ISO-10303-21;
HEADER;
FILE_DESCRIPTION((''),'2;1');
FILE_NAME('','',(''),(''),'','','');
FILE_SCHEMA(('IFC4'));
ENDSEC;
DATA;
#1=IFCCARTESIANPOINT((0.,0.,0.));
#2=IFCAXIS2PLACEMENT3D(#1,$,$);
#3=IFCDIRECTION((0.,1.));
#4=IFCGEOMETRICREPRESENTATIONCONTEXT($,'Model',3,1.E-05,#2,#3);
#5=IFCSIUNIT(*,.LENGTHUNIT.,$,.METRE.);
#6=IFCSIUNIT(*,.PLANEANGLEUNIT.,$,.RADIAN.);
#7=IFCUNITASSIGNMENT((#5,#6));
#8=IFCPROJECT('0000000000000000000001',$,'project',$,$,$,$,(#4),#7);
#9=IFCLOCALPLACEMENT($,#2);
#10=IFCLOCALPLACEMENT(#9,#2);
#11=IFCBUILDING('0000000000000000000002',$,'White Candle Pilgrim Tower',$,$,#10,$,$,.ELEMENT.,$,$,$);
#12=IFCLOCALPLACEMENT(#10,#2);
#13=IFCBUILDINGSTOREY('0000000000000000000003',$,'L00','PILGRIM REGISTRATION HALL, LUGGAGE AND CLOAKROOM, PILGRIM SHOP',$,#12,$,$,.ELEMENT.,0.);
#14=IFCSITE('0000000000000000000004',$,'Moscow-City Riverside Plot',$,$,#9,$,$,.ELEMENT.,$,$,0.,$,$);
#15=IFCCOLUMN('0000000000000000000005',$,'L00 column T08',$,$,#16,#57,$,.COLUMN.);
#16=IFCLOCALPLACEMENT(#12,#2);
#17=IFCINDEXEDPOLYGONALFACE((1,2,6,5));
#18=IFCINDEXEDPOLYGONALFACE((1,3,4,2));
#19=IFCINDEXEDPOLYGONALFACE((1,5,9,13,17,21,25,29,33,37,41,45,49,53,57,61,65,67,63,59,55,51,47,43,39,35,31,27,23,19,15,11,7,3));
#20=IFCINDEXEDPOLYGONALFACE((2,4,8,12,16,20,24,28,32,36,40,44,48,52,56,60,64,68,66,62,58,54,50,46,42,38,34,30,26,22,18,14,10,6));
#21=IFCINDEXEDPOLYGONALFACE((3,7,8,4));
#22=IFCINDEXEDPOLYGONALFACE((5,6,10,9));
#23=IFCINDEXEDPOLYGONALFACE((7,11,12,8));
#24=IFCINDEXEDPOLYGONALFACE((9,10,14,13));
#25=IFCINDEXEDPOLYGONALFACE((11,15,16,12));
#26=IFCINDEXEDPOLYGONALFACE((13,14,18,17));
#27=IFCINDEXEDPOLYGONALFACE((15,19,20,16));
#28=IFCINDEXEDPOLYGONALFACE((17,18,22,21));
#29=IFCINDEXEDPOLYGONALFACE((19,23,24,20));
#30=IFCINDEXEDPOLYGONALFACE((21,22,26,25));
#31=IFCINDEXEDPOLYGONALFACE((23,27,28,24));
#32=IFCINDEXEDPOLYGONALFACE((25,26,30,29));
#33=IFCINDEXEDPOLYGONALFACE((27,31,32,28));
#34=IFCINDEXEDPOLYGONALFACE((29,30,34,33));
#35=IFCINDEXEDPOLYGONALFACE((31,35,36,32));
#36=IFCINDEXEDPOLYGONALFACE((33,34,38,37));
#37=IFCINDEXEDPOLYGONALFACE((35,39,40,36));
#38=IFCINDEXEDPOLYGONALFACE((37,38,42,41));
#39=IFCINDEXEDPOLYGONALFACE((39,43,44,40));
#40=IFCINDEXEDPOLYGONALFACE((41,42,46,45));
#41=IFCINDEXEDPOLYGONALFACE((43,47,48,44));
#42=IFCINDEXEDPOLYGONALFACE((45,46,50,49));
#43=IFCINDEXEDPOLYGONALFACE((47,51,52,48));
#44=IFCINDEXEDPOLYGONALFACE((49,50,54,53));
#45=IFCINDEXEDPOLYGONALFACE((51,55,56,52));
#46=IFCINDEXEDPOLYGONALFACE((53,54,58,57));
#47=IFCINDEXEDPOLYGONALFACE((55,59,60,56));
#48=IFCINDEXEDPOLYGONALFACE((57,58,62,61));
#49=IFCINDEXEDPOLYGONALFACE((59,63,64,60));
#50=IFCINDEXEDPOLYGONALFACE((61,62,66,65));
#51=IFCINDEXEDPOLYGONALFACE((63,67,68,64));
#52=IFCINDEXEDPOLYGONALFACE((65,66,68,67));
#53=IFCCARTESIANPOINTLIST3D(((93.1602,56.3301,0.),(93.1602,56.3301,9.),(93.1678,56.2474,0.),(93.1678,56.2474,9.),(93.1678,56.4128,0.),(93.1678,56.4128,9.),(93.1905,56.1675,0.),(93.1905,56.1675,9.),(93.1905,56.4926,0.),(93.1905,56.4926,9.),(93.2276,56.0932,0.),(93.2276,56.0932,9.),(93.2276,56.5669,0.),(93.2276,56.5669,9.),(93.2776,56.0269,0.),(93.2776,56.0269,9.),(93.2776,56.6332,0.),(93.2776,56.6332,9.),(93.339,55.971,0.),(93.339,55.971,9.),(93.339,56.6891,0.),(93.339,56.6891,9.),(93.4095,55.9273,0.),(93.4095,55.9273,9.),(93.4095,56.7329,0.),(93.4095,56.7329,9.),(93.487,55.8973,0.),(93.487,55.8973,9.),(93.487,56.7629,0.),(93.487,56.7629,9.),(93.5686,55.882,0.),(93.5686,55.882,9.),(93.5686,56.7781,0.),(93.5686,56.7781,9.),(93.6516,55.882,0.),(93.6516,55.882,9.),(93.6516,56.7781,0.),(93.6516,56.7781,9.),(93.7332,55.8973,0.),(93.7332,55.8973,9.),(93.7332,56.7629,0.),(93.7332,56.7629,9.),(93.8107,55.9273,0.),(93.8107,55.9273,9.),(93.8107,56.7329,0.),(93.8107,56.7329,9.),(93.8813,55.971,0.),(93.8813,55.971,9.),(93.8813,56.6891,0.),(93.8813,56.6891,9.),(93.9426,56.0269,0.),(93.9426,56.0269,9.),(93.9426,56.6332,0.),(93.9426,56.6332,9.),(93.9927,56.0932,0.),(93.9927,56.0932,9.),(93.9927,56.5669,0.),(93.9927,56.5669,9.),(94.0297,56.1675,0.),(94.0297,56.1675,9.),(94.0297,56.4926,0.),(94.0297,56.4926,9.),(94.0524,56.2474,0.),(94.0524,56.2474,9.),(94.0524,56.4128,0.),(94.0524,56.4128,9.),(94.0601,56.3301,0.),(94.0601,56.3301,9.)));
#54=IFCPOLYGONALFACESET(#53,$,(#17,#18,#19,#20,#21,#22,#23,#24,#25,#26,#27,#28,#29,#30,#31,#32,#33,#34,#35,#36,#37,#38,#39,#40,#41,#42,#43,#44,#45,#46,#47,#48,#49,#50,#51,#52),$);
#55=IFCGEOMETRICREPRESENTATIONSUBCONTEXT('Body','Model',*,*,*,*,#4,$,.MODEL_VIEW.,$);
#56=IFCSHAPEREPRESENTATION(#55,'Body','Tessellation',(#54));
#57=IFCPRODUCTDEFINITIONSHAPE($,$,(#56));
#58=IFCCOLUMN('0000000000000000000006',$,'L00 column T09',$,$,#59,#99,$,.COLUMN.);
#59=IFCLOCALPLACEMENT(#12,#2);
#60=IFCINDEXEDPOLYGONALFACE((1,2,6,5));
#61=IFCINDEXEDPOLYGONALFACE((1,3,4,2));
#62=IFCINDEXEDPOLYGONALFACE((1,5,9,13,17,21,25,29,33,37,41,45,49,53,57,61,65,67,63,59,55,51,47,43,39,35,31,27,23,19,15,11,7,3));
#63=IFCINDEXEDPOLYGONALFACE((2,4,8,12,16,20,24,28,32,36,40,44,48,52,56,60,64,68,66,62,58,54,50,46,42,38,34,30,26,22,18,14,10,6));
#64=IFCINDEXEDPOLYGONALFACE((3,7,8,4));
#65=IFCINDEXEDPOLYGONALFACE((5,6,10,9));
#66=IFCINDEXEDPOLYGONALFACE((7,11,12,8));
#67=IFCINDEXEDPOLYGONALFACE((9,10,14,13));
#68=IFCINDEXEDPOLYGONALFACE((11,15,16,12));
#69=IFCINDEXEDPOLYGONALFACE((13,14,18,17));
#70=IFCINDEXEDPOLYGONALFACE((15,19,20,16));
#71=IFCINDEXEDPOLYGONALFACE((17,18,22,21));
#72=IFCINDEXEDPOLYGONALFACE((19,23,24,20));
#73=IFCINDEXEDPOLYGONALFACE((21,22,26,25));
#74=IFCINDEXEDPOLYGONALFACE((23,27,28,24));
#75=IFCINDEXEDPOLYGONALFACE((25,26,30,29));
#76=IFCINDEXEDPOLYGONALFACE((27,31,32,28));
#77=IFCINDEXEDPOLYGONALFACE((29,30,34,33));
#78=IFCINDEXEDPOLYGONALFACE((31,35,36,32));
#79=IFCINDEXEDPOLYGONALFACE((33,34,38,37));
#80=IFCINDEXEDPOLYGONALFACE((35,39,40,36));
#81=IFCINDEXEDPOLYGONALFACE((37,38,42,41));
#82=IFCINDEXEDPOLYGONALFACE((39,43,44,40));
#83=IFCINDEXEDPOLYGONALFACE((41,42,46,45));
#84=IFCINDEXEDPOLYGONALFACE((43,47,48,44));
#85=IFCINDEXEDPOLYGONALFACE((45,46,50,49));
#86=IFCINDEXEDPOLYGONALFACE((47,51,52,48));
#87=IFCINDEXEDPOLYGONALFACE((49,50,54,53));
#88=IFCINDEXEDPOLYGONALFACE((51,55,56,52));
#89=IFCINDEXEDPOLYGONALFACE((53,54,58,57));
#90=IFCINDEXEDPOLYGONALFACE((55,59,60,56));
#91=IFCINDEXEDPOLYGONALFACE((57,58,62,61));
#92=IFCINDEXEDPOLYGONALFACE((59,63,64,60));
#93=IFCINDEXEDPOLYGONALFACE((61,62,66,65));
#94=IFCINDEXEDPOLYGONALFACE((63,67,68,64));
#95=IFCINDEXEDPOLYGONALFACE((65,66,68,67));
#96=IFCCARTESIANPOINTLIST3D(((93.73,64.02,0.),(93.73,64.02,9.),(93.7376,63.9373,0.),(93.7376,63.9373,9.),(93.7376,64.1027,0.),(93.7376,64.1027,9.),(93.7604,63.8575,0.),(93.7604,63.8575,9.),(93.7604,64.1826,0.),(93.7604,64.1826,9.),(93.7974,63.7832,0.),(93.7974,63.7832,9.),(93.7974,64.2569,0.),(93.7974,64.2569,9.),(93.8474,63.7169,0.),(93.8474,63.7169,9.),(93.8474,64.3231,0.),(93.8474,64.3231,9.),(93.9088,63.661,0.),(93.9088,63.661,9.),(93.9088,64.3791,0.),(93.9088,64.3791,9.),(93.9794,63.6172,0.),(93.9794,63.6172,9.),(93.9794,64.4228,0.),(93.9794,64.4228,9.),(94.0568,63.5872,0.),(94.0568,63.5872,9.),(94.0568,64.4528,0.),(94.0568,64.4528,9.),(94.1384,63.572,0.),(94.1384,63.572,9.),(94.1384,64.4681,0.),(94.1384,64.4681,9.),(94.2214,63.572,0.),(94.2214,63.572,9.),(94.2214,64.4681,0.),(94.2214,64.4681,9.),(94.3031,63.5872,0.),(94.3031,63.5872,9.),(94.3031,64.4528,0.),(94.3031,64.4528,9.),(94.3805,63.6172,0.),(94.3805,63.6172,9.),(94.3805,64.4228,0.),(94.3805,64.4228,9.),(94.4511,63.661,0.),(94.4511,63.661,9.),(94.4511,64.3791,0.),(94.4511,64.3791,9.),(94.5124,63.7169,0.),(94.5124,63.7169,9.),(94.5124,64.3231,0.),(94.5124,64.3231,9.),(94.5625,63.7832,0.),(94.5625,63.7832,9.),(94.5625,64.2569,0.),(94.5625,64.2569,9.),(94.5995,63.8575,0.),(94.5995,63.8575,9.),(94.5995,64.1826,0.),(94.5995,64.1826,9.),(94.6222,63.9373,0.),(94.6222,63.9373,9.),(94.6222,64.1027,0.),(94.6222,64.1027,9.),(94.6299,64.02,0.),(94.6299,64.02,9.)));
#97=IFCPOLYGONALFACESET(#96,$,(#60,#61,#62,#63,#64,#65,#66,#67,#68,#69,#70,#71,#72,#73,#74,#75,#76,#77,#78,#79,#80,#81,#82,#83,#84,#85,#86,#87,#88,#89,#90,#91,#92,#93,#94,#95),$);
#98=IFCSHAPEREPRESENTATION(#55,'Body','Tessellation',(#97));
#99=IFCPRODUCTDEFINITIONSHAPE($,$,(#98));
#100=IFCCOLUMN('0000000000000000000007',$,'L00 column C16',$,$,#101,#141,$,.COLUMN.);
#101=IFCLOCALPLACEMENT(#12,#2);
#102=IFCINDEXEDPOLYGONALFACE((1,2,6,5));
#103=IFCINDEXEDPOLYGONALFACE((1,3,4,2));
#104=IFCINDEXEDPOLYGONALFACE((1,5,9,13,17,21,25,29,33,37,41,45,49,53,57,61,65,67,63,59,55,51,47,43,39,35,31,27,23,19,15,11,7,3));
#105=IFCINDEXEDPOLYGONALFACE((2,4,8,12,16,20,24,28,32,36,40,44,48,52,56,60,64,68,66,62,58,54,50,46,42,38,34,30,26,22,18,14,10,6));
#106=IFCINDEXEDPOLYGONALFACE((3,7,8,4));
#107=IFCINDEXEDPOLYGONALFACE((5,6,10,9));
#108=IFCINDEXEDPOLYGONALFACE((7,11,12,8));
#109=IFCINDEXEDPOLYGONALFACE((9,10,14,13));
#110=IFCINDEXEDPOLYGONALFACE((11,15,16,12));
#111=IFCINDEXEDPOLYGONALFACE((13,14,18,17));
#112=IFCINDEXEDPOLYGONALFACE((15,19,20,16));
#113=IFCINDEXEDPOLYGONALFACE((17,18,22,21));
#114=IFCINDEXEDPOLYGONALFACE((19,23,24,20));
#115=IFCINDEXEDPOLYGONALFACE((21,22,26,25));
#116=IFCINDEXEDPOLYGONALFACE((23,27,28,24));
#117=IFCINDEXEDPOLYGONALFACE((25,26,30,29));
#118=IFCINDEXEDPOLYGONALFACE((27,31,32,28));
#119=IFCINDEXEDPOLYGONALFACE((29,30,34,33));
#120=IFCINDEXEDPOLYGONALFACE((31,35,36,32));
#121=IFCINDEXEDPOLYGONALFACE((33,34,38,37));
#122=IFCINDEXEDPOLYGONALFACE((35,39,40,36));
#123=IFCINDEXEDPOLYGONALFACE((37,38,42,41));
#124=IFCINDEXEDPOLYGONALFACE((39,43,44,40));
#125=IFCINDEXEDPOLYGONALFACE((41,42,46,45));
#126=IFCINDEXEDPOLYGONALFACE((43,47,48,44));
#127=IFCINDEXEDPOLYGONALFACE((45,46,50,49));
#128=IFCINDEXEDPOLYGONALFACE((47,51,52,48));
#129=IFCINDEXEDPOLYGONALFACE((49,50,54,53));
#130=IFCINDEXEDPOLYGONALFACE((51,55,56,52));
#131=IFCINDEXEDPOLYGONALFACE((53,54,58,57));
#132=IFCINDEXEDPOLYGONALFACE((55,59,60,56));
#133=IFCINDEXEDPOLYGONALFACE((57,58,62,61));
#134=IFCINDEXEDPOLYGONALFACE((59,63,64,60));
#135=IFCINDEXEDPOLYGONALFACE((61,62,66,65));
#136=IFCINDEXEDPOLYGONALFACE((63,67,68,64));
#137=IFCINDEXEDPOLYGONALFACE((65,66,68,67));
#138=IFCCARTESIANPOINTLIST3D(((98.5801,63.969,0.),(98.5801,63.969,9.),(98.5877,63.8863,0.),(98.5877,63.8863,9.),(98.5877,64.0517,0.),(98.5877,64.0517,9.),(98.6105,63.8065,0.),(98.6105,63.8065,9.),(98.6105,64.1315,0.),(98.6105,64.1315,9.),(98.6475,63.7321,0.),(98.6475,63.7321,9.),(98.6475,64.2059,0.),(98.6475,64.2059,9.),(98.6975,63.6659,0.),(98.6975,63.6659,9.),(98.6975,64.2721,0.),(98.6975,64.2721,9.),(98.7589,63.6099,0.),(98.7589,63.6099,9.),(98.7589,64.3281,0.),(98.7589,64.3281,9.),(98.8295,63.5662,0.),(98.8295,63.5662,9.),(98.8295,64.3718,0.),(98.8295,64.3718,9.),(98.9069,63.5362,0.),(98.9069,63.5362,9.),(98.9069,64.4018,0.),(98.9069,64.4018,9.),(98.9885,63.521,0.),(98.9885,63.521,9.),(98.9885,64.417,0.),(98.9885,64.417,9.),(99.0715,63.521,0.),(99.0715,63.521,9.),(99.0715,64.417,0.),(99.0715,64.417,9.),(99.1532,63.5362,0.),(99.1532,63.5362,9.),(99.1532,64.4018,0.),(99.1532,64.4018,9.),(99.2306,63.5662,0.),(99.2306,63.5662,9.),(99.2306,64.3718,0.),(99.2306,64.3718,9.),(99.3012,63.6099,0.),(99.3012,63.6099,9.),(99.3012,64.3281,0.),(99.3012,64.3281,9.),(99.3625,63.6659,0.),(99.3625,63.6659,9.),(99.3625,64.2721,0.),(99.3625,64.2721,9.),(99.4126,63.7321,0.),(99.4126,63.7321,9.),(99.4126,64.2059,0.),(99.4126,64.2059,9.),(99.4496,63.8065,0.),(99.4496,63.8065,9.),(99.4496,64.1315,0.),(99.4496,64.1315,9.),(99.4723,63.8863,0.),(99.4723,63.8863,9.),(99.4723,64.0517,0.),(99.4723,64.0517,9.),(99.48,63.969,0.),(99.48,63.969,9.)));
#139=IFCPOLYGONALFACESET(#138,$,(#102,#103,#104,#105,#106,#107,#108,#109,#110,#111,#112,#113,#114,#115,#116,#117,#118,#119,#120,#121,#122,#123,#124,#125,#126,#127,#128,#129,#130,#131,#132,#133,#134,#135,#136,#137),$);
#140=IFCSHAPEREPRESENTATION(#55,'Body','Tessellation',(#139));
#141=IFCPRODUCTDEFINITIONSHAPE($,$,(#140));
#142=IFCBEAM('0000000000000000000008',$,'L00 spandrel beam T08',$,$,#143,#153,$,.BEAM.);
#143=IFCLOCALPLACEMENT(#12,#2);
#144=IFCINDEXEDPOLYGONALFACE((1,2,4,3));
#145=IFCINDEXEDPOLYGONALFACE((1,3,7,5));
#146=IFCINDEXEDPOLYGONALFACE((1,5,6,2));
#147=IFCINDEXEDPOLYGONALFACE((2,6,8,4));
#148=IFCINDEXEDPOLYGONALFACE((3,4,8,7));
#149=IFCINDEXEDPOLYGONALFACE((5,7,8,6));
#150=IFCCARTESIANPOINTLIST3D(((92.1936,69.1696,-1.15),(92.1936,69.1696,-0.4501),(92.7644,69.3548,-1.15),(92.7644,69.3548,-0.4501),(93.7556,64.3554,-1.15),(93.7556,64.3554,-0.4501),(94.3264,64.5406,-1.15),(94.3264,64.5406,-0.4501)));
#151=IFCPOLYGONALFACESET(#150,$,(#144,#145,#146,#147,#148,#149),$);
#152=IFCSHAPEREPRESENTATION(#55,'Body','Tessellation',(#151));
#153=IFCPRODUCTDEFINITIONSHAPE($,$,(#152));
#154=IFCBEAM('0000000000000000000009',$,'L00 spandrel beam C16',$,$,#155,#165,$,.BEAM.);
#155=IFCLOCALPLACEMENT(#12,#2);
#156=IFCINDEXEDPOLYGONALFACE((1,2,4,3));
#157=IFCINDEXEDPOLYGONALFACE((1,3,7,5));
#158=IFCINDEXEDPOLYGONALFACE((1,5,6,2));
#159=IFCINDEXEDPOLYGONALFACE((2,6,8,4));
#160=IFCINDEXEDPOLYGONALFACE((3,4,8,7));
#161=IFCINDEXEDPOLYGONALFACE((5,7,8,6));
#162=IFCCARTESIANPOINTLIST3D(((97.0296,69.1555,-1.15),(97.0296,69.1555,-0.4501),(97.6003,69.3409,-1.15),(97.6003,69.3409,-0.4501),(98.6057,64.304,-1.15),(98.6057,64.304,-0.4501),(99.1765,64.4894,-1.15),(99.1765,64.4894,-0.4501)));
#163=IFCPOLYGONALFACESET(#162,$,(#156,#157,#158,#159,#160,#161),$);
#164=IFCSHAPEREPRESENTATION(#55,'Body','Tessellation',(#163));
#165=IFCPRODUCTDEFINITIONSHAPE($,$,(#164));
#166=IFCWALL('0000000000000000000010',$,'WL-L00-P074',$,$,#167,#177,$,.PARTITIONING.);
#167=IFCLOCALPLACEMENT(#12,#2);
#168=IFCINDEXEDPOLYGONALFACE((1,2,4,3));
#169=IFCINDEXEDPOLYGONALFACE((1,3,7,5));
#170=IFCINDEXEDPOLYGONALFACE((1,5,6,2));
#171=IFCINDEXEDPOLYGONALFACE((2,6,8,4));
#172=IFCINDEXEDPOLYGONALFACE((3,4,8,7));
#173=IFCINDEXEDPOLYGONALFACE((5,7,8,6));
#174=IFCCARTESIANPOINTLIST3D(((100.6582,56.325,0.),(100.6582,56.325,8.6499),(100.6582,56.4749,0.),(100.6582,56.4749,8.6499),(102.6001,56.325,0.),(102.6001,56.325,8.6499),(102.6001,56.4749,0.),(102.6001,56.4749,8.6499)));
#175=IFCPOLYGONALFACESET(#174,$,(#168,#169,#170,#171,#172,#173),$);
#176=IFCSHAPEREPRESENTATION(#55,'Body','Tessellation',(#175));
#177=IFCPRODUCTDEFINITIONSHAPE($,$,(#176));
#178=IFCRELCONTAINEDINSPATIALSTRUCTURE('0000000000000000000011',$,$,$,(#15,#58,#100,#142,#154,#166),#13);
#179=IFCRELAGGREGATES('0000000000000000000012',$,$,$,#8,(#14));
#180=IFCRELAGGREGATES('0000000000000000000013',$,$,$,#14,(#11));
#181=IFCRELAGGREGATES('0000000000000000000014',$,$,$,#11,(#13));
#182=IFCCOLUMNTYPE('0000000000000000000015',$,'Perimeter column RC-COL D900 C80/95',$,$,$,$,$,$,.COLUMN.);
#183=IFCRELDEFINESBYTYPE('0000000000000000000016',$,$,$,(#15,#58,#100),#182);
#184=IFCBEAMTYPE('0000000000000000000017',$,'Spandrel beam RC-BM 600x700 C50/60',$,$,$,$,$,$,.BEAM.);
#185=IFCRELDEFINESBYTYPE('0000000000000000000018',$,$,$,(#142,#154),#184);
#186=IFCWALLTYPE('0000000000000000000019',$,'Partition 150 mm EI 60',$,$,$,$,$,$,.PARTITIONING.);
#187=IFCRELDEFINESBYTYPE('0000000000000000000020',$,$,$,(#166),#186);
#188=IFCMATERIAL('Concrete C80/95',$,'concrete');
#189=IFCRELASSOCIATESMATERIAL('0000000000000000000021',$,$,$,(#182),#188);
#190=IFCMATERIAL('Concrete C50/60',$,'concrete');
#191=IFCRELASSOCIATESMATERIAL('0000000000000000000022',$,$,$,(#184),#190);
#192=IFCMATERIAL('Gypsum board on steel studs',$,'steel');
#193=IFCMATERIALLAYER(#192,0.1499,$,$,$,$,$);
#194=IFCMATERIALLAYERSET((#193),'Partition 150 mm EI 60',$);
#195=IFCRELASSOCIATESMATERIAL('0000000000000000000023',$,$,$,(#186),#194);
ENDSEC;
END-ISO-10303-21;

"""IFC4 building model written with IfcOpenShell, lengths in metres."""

from ifc_helpers import new_model, si_unit, direction, frame, frame_2d, origin, origin_2d, place, context, subcontext, project, spatial, rectangle, circle, extrude, material, layer, layer_set, material_profile, profile_set, type_object, element, save


model = new_model("IFC4")

# Units and contexts
model_context = context("Model", 3, precision=1e-05, world=origin(), true_north=direction((0.0, 1.0)))
body_context = subcontext(model_context, "Body", "Model", "MODEL_VIEW")
ifc_project = project(units=[si_unit("LENGTHUNIT", "METRE"), si_unit("PLANEANGLEUNIT", "RADIAN")], contexts=[model_context])

# Site, building, storey
site_placement = place(None, origin())
site = spatial("IfcSite", under=ifc_project, at=site_placement, Name="Moscow-City Riverside Plot", CompositionType="ELEMENT", RefElevation=0.0)
building_placement = place(site_placement, origin())
building = spatial("IfcBuilding", under=site, at=building_placement, Name="White Candle Pilgrim Tower", CompositionType="ELEMENT")
storey_placement = place(building_placement, origin())
storey = spatial("IfcBuildingStorey", under=building, at=storey_placement, Name="L00", Description="PILGRIM REGISTRATION HALL, LUGGAGE AND CLOAKROOM, PILGRIM SHOP", CompositionType="ELEMENT", Elevation=0.0)

# Columns
ifc_material_1 = material(Name="Concrete C80/95", Category="concrete")
ifc_material_profile_1 = material_profile(ifc_material_1, circle(Radius=0.45, at=origin_2d()), Name="RC-COL D900")
ifc_profile_set_1 = profile_set([ifc_material_profile_1], Name="Concrete C80/95")
column_type = type_object("IfcColumnType", Name="Perimeter column RC-COL D900 C80/95", PredefinedType="COLUMN", material=ifc_profile_set_1)
for number, where, z_axis, x_axis, name in (
    (1, (93.6101, 56.3301, 0.0), (0.0, 0.0, 1.0), (1.0, 0.0, 0.0), "L00 column T08"),
    (2, (94.1799, 64.02, 0.0), (0.0, 0.0, 1.0), (1.0, 0.0, 0.0), "L00 column T09"),
    (3, (99.03, 63.969, 0.0), (0.0, 0.0, 1.0), (1.0, 0.0, 0.0), "L00 column C16"),
):
    element("IfcColumn", number, at=place(storey_placement, frame(where, z_axis=z_axis, x_axis=x_axis)), inside=storey, type_object=column_type, Name=name, PredefinedType="COLUMN", context=body_context, shape_type="SweptSolid", body=[
        extrude(circle(Radius=0.45, at=origin_2d()), origin(), (0.0, 0.0, 1.0), 9.0),
    ])

# Beams
ifc_material_2 = material(Name="Concrete C50/60", Category="concrete")
ifc_material_profile_2 = material_profile(ifc_material_2, rectangle(XDim=0.6001, YDim=0.7, at=origin_2d()), Name="RC-BM 600x700")
ifc_profile_set_2 = profile_set([ifc_material_profile_2], Name="Concrete C50/60")
beam_type = type_object("IfcBeamType", Name="Spandrel beam RC-BM 600x700 C50/60", PredefinedType="BEAM", material=ifc_profile_set_2)
beam_1_placement = place(storey_placement, frame((94.041, 64.448, -0.8), z_axis=(-0.30862, 0.951185, 0.0), x_axis=(-0.951185, -0.30862, 0.0)))
element("IfcBeam", 4, at=beam_1_placement, inside=storey, type_object=beam_type, Name="L00 spandrel beam T08", PredefinedType="BEAM", context=body_context, shape_type="SweptSolid", body=[
    extrude(rectangle(XDim=0.6001, YDim=0.7, at=origin_2d()), origin(), (0.0, 0.0, 1.0), 5.0613),
])
beam_2_placement = place(storey_placement, frame((98.8911, 64.3967, -0.8), z_axis=(-0.308982, 0.951068, 0.0), x_axis=(-0.951068, -0.308982, 0.0)))
element("IfcBeam", 5, at=beam_2_placement, inside=storey, type_object=beam_type, Name="L00 spandrel beam C16", PredefinedType="BEAM", context=body_context, shape_type="SweptSolid", body=[
    extrude(rectangle(XDim=0.6001, YDim=0.7, at=origin_2d()), origin(), (0.0, 0.0, 1.0), 5.1011),
])

# Wall
ifc_material_3 = material(Name="Gypsum board on steel studs", Category="steel")
ifc_layer_1 = layer(ifc_material_3, 0.1499)
ifc_layer_set_1 = layer_set([ifc_layer_1], Name="Partition 150 mm EI 60")
wall_type_1 = type_object("IfcWallType", Name="Partition 150 mm EI 60", PredefinedType="PARTITIONING", material=ifc_layer_set_1)
wall_1_placement = place(storey_placement, frame((100.6582, 56.3999, 0.0), z_axis=(0.0, 0.0, 1.0), x_axis=(1.0, 0.0, 0.0)))
element("IfcWall", 6, at=wall_1_placement, inside=storey, type_object=wall_type_1, Name="WL-L00-P074", PredefinedType="PARTITIONING", context=body_context, shape_type="SweptSolid", body=[
    extrude(rectangle(XDim=1.9419, YDim=0.1499, at=frame_2d((0.9709, 0.0))), origin(), (0.0, 0.0, 1.0), 8.6499),
])

save(model, "model.ifc")
